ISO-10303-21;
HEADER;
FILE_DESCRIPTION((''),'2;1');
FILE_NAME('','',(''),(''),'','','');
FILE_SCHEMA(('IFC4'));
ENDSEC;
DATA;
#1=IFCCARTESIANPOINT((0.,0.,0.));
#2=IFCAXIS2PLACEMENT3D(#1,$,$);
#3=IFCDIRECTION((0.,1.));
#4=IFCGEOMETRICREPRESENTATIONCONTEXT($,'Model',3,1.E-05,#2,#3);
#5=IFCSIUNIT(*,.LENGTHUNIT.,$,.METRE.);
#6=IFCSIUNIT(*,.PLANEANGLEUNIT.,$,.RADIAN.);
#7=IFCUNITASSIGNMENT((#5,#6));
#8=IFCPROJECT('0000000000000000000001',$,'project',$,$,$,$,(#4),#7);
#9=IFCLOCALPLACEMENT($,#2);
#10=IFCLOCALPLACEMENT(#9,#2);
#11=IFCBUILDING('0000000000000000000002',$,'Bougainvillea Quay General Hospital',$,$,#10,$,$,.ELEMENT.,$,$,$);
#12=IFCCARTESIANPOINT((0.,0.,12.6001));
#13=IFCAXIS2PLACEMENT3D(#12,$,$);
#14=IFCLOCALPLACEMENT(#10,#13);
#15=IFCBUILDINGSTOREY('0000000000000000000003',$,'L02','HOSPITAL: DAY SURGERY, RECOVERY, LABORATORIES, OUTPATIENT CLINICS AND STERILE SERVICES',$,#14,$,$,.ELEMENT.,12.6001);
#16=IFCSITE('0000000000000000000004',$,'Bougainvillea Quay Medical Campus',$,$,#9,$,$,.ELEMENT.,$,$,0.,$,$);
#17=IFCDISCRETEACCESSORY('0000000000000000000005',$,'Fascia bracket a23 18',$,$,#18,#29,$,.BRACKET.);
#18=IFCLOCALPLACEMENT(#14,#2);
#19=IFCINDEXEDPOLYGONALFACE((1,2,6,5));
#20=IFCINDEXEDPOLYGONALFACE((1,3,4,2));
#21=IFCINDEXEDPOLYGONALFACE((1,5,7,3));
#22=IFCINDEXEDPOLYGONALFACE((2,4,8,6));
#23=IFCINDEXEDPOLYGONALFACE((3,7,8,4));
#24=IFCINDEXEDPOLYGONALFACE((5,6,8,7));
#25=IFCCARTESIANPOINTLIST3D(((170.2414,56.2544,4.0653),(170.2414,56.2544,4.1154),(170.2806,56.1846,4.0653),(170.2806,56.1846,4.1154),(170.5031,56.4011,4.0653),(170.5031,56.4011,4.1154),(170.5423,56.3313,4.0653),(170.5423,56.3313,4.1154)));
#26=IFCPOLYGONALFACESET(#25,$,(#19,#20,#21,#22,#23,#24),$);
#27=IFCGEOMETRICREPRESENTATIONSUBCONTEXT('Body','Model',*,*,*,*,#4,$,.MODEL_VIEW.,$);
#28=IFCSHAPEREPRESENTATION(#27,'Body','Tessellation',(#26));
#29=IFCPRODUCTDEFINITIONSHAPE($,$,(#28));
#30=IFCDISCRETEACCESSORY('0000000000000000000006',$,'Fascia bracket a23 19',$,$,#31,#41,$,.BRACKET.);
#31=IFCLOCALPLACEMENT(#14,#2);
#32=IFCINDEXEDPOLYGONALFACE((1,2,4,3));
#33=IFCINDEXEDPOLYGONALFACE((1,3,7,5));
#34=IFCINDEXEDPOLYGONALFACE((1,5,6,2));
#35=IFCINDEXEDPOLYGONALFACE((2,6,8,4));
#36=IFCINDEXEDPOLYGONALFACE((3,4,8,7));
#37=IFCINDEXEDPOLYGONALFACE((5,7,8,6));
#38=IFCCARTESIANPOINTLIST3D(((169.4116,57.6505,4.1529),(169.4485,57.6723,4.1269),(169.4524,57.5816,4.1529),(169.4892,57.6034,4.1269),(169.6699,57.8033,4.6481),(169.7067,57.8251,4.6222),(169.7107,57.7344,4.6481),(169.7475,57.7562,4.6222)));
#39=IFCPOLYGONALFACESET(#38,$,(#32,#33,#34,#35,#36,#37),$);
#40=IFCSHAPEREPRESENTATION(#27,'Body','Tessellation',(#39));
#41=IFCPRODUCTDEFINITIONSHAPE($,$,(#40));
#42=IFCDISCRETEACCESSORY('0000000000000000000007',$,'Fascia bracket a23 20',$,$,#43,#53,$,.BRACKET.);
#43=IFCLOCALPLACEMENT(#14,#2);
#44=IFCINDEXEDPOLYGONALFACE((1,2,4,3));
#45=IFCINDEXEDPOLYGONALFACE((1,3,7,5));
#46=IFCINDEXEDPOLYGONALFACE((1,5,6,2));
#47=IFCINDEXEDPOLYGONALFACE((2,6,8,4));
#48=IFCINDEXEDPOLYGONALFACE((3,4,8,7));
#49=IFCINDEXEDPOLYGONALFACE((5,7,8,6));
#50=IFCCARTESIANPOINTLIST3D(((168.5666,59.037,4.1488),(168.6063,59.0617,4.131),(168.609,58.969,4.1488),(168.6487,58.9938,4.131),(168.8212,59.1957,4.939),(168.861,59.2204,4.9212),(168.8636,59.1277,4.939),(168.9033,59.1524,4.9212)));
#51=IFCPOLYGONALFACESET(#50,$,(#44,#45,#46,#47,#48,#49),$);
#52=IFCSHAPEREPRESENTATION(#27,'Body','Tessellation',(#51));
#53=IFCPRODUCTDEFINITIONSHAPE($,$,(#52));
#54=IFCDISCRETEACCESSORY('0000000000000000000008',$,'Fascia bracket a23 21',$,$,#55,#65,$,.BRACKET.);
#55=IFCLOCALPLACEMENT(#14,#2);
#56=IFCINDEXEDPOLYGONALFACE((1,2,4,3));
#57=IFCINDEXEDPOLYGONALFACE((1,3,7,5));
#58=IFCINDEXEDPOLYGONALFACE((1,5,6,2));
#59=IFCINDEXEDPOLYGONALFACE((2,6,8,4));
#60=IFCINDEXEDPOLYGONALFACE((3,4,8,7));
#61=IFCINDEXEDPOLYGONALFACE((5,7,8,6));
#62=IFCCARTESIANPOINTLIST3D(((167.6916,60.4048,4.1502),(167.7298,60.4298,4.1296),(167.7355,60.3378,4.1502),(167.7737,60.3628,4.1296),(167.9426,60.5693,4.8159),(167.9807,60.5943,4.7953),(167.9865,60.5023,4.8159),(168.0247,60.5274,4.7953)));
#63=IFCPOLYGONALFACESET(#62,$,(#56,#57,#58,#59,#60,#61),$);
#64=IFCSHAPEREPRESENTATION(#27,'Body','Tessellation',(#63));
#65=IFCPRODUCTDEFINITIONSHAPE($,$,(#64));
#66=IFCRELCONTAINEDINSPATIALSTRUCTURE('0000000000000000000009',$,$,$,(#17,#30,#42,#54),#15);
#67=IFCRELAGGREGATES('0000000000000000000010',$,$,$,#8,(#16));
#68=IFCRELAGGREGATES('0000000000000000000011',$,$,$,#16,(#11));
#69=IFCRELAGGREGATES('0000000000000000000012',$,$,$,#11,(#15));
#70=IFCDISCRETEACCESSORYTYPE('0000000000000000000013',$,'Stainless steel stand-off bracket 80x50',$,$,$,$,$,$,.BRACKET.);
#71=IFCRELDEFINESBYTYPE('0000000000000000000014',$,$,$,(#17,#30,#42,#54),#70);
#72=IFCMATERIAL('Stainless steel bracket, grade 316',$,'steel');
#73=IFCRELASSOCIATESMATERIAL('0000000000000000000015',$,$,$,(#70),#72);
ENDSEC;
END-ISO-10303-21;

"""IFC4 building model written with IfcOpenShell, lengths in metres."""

from ifc_helpers import new_model, si_unit, direction, frame, origin, origin_2d, place, context, subcontext, project, spatial, rectangle, extrude, material, material_profile, profile_set, type_object, element, save


model = new_model("IFC4")

# Units and contexts
model_context = context("Model", 3, precision=1e-05, world=origin(), true_north=direction((0.0, 1.0)))
body_context = subcontext(model_context, "Body", "Model", "MODEL_VIEW")
ifc_project = project(units=[si_unit("LENGTHUNIT", "METRE"), si_unit("PLANEANGLEUNIT", "RADIAN")], contexts=[model_context])

# Site, building, storey
site_placement = place(None, origin())
site = spatial("IfcSite", under=ifc_project, at=site_placement, Name="Bougainvillea Quay Medical Campus", CompositionType="ELEMENT", RefElevation=0.0)
building_placement = place(site_placement, origin())
building = spatial("IfcBuilding", under=site, at=building_placement, Name="Bougainvillea Quay General Hospital", CompositionType="ELEMENT")
storey_placement = place(building_placement, frame((0.0, 0.0, 12.6001)))
storey = spatial("IfcBuildingStorey", under=building, at=storey_placement, Name="L02", Description="HOSPITAL: DAY SURGERY, RECOVERY, LABORATORIES, OUTPATIENT CLINICS AND STERILE SERVICES", CompositionType="ELEMENT", Elevation=12.6001)

# Discrete accessories
ifc_material_1 = material(Name="Stainless steel bracket, grade 316", Category="steel")
ifc_material_profile_1 = material_profile(ifc_material_1, rectangle(XDim=0.0801, YDim=0.05, at=origin_2d()))
ifc_profile_set_1 = profile_set([ifc_material_profile_1], Name="Stainless steel bracket, grade 316")
discrete_accessory_type = type_object("IfcDiscreteAccessoryType", Name="Stainless steel stand-off bracket 80x50", PredefinedType="BRACKET", material=ifc_profile_set_1)
discrete_accessory_1_placement = place(storey_placement, frame((170.261, 56.2195, 4.0903), z_axis=(0.87227, 0.489025, 0.0), x_axis=(-0.489025, 0.87227, 0.0)))
element("IfcDiscreteAccessory", 1, at=discrete_accessory_1_placement, inside=storey, type_object=discrete_accessory_type, Name="Fascia bracket a23 18", PredefinedType="BRACKET", context=body_context, shape_type="SweptSolid", body=[
    extrude(rectangle(XDim=0.0801, YDim=0.05, at=origin_2d()), origin(), (0.0, 0.0, 1.0), 0.3),
])
discrete_accessory_2_placement = place(storey_placement, frame((169.4504, 57.627, 4.1399), z_axis=(0.44597, 0.263873, 0.855267), x_axis=(-0.509223, 0.860635, 0.0)))
element("IfcDiscreteAccessory", 2, at=discrete_accessory_2_placement, inside=storey, type_object=discrete_accessory_type, Name="Fascia bracket a23 19", PredefinedType="BRACKET", context=body_context, shape_type="SweptSolid", body=[
    extrude(rectangle(XDim=0.0801, YDim=0.05, at=origin_2d()), origin(), (0.0, 0.0, 1.0), 0.5791),
])
discrete_accessory_3_placement = place(storey_placement, frame((168.6077, 59.0154, 4.1399), z_axis=(0.301232, 0.187729, 0.934889), x_axis=(-0.528901, 0.848683, 0.0)))
element("IfcDiscreteAccessory", 3, at=discrete_accessory_3_placement, inside=storey, type_object=discrete_accessory_type, Name="Fascia bracket a23 20", PredefinedType="BRACKET", context=body_context, shape_type="SweptSolid", body=[
    extrude(rectangle(XDim=0.0801, YDim=0.05, at=origin_2d()), origin(), (0.0, 0.0, 1.0), 0.8452),
])
discrete_accessory_4_placement = place(storey_placement, frame((167.7327, 60.3838, 4.1399), z_axis=(0.343669, 0.225324, 0.911658), x_axis=(-0.548301, 0.836281, 0.0)))
element("IfcDiscreteAccessory", 4, at=discrete_accessory_4_placement, inside=storey, type_object=discrete_accessory_type, Name="Fascia bracket a23 21", PredefinedType="BRACKET", context=body_context, shape_type="SweptSolid", body=[
    extrude(rectangle(XDim=0.0801, YDim=0.05, at=origin_2d()), origin(), (0.0, 0.0, 1.0), 0.7302),
])

save(model, "model.ifc")
